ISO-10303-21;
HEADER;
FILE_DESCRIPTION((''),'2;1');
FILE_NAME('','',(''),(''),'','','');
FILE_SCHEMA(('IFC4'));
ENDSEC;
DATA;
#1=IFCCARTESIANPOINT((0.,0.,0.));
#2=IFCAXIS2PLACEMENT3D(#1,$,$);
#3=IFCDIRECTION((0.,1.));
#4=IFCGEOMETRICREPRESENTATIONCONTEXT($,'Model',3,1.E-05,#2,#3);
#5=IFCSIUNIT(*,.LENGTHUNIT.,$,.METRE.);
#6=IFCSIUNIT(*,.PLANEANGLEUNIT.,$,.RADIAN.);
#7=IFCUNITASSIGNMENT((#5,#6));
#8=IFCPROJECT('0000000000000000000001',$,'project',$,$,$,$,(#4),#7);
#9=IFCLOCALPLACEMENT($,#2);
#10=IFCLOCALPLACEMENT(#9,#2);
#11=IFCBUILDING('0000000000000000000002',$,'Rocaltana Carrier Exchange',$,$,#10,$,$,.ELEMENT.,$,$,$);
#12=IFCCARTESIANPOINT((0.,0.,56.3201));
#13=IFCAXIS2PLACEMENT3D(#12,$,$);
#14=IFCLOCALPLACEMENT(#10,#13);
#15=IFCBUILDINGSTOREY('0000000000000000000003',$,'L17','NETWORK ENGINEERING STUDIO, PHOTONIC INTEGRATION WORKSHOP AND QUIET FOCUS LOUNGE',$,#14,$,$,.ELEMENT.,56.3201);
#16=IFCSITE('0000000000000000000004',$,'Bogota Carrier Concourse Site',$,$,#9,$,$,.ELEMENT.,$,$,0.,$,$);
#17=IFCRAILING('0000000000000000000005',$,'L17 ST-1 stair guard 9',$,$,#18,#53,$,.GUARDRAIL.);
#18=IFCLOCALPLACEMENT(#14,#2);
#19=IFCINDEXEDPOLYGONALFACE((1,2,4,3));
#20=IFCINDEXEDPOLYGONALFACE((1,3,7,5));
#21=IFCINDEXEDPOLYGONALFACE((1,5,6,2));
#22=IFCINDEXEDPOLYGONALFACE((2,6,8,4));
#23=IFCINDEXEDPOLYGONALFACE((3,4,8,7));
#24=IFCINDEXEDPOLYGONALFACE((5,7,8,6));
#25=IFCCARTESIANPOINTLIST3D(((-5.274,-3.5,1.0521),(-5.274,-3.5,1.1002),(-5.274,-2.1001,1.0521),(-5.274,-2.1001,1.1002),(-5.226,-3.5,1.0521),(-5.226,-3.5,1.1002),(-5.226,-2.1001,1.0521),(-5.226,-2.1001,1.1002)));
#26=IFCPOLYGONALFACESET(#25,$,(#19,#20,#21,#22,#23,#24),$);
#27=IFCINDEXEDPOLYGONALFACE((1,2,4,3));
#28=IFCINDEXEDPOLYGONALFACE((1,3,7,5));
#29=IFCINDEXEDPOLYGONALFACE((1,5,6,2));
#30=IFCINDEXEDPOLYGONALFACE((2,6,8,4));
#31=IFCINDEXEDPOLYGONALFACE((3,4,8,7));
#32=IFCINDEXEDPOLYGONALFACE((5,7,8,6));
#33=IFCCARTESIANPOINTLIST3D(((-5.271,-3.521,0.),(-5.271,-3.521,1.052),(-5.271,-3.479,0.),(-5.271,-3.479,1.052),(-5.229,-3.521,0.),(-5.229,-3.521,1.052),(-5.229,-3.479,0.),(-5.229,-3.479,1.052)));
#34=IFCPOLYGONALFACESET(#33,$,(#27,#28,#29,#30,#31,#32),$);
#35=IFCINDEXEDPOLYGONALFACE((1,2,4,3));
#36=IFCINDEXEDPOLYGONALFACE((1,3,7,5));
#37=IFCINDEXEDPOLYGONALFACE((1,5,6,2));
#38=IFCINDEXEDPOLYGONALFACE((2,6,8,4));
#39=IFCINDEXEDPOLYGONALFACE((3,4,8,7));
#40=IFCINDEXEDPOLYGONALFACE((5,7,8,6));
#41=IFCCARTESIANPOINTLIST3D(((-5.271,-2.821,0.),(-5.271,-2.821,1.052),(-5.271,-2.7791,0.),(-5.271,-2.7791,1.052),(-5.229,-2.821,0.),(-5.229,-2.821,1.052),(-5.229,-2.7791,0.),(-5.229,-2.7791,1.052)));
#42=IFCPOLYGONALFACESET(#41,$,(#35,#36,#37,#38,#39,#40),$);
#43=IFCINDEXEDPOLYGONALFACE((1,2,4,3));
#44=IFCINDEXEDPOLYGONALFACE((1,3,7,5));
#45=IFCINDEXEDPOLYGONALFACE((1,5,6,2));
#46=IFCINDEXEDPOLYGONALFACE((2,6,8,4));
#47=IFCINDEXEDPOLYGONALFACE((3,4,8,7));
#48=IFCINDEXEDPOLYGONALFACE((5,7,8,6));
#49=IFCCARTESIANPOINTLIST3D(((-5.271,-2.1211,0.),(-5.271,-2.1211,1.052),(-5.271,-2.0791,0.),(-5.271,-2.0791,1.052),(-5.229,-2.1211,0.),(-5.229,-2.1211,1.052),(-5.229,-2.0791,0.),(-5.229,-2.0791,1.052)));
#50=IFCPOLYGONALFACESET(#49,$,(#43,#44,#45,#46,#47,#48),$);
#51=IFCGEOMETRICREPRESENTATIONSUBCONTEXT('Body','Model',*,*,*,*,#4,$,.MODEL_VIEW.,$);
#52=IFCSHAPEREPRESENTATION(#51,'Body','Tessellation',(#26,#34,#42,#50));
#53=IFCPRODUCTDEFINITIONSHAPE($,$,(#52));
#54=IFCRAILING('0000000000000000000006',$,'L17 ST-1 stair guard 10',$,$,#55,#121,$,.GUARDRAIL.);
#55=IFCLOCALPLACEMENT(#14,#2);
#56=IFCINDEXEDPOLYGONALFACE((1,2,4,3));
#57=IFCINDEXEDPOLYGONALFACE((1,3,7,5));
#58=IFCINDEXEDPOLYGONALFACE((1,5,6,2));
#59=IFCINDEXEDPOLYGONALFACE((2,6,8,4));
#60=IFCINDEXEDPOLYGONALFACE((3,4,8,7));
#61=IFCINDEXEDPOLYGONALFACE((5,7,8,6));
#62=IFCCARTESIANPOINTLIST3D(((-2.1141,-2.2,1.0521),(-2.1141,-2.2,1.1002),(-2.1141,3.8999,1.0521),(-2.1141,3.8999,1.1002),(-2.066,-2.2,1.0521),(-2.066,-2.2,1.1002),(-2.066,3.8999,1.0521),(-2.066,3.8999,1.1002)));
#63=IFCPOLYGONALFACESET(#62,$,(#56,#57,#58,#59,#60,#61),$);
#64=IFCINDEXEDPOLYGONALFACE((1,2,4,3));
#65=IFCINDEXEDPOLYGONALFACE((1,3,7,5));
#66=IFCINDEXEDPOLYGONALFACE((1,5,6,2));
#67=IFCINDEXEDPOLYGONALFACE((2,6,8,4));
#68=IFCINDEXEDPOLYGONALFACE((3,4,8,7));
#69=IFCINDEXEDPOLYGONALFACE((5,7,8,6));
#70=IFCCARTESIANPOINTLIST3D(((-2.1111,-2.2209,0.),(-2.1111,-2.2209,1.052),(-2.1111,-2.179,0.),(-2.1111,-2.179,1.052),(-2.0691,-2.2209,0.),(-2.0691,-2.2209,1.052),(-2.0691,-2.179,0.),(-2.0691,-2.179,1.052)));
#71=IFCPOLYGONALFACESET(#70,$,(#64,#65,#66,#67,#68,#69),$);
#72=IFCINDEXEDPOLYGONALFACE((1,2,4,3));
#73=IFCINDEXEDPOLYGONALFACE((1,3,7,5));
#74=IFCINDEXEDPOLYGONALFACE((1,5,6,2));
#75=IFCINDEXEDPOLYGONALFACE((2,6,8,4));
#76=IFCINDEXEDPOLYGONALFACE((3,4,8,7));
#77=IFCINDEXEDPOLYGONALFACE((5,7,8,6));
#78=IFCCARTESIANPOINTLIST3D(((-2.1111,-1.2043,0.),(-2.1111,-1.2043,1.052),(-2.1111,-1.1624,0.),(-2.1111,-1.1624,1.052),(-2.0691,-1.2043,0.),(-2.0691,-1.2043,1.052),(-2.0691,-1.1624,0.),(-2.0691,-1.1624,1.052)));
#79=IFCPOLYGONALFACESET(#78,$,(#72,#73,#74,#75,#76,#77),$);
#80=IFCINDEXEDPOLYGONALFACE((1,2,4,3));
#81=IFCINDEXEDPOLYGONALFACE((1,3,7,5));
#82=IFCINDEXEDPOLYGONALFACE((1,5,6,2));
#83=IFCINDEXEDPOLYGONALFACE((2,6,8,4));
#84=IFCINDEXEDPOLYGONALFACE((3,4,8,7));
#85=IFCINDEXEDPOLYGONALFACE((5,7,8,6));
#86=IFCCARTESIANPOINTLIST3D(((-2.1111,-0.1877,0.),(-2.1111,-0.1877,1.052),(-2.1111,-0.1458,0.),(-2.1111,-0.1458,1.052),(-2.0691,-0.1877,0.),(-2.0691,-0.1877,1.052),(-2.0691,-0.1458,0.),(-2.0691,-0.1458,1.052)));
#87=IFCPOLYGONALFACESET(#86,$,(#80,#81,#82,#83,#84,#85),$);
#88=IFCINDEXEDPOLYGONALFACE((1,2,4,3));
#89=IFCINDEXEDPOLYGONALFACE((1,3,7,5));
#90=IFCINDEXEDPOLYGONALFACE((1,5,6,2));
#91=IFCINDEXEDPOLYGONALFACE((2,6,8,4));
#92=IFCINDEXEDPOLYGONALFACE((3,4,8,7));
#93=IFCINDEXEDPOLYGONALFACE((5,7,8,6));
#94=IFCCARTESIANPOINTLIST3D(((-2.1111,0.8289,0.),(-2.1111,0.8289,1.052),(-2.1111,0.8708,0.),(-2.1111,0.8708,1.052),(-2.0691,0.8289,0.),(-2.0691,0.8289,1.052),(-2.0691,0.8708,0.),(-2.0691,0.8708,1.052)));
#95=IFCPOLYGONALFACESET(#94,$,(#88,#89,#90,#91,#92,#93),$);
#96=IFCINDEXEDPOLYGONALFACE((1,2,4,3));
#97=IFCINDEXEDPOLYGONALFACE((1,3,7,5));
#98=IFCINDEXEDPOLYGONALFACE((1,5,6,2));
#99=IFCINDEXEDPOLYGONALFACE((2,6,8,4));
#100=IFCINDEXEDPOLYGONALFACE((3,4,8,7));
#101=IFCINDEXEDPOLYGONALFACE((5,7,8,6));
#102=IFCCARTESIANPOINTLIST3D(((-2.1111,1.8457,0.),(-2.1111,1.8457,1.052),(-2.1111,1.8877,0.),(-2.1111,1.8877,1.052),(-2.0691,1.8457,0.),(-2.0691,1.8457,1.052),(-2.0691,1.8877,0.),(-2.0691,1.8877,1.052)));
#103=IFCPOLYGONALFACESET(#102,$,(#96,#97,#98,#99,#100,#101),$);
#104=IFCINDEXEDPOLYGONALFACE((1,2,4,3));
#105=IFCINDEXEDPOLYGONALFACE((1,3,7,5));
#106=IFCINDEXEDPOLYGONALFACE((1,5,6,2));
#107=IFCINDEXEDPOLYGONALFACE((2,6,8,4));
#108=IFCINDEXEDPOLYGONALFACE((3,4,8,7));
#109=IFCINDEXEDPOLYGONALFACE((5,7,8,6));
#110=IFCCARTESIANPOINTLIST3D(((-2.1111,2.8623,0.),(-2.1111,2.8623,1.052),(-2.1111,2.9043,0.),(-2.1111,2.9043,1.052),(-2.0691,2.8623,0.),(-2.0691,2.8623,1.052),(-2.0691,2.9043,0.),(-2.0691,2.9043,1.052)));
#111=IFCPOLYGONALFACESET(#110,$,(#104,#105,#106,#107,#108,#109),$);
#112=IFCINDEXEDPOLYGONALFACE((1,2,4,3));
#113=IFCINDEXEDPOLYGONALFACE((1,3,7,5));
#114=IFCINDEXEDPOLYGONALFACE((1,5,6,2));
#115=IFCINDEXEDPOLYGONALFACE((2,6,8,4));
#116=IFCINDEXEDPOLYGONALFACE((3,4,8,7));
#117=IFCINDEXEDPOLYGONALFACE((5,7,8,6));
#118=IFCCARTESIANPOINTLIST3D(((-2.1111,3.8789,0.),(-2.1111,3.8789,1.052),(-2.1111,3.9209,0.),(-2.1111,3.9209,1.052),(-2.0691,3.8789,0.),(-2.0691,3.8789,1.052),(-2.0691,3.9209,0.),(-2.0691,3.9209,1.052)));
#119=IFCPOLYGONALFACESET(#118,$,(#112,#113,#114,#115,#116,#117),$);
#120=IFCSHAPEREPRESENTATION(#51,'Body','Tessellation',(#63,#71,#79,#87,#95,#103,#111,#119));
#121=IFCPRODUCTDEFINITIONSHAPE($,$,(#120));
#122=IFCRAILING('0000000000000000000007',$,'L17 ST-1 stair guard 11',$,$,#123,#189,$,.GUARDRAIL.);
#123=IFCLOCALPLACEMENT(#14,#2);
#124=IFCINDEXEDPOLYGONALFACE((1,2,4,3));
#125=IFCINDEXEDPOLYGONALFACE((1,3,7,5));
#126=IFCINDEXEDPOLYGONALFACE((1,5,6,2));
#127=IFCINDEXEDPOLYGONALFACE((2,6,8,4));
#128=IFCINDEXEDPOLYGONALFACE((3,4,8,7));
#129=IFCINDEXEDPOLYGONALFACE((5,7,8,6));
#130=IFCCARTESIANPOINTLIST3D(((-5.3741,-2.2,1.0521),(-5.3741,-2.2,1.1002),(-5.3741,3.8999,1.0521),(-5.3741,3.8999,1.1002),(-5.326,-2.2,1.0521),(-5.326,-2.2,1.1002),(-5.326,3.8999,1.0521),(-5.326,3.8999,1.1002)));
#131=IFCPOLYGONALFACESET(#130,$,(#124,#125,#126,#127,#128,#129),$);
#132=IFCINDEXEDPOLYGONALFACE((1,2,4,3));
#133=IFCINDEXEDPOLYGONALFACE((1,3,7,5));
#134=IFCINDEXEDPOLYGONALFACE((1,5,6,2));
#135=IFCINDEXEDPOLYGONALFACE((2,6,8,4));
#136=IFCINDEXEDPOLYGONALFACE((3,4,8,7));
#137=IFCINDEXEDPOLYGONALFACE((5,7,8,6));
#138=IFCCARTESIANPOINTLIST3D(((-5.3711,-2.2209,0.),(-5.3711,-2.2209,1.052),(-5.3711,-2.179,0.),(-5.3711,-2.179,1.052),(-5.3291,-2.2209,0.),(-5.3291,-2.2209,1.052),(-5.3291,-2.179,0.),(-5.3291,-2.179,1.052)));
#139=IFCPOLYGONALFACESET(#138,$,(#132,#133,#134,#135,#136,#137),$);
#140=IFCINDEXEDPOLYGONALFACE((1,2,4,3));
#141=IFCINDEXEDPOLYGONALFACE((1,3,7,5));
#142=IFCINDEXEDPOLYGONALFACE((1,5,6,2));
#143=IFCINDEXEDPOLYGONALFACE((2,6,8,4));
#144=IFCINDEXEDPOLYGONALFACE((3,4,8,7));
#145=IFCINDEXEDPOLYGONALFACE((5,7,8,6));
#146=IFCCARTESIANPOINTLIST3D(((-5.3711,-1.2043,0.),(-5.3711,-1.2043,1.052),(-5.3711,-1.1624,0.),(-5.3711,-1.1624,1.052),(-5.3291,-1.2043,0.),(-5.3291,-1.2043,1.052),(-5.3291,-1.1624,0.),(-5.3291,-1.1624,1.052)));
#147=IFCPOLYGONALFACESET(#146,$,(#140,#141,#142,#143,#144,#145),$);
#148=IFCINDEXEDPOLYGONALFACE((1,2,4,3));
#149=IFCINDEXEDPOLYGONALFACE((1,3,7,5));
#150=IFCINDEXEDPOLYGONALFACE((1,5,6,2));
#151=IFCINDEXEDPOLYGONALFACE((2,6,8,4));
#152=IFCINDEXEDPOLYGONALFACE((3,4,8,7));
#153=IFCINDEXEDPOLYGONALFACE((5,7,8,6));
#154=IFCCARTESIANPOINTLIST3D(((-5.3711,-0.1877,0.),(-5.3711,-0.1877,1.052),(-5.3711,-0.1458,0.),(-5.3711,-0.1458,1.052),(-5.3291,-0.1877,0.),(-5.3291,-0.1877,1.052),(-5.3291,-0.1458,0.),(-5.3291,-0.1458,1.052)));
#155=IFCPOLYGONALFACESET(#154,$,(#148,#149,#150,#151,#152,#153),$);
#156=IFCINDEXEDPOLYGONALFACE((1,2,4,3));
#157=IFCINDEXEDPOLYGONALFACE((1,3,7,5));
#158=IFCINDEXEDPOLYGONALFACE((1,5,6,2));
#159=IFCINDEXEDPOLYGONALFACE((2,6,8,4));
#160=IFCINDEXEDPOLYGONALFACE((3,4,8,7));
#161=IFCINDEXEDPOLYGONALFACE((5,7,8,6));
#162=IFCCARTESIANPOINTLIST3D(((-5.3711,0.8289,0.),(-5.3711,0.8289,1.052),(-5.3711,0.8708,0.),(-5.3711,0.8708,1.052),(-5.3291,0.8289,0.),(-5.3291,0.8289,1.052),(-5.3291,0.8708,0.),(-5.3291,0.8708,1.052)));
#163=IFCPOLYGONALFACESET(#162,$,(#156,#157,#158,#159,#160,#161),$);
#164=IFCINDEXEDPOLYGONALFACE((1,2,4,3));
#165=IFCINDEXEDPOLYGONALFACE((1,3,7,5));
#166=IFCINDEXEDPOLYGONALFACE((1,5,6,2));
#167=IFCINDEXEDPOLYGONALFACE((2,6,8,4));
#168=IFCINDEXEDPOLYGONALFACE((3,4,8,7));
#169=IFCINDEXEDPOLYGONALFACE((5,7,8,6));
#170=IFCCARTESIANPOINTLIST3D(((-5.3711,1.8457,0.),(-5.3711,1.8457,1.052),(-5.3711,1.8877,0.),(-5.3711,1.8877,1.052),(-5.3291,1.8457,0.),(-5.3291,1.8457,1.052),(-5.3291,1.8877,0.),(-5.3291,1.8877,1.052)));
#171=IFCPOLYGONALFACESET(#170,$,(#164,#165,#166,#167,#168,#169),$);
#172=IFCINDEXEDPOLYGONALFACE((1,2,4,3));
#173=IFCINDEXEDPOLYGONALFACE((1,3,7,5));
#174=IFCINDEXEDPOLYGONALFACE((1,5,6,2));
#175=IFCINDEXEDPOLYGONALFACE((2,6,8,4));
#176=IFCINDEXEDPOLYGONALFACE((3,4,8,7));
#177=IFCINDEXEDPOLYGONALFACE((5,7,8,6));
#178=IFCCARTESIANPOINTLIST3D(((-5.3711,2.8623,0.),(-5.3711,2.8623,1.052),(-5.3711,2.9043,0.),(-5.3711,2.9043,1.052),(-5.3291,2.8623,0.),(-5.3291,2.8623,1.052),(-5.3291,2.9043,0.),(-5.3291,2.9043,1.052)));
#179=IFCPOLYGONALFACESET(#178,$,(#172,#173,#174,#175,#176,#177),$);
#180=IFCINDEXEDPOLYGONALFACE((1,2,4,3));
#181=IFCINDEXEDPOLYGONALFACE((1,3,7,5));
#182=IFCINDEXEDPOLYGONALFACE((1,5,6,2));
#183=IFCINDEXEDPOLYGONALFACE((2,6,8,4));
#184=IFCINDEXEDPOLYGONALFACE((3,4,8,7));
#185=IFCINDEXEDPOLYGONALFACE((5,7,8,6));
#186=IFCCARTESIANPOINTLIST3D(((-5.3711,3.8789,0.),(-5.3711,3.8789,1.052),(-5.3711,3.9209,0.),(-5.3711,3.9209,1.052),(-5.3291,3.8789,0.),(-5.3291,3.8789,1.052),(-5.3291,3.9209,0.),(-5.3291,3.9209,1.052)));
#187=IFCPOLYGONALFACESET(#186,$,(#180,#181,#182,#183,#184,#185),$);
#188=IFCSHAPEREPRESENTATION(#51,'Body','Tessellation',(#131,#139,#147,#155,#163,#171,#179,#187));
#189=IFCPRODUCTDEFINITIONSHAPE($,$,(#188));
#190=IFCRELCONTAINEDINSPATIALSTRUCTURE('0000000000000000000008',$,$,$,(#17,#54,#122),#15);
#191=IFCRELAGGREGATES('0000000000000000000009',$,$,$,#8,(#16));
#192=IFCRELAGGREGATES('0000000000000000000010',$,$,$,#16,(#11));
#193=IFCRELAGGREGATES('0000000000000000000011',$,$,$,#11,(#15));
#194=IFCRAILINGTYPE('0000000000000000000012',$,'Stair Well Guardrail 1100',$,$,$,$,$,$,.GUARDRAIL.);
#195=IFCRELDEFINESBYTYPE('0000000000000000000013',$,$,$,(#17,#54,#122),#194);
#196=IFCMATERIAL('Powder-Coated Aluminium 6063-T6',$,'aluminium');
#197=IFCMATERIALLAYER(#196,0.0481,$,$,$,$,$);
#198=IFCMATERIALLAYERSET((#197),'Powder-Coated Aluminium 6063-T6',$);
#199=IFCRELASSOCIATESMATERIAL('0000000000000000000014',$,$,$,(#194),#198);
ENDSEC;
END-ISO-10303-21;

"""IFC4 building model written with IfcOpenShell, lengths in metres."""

from ifc_helpers import new_model, si_unit, direction, frame, origin, origin_2d, place, context, subcontext, project, spatial, rectangle, extrude, material, layer, layer_set, type_object, element, save


model = new_model("IFC4")

# Units and contexts
model_context = context("Model", 3, precision=1e-05, world=origin(), true_north=direction((0.0, 1.0)))
body_context = subcontext(model_context, "Body", "Model", "MODEL_VIEW")
ifc_project = project(units=[si_unit("LENGTHUNIT", "METRE"), si_unit("PLANEANGLEUNIT", "RADIAN")], contexts=[model_context])

# Site, building, storey
site_placement = place(None, origin())
site = spatial("IfcSite", under=ifc_project, at=site_placement, Name="Bogota Carrier Concourse Site", CompositionType="ELEMENT", RefElevation=0.0)
building_placement = place(site_placement, origin())
building = spatial("IfcBuilding", under=site, at=building_placement, Name="Rocaltana Carrier Exchange", CompositionType="ELEMENT")
storey_placement = place(building_placement, frame((0.0, 0.0, 56.3201)))
storey = spatial("IfcBuildingStorey", under=building, at=storey_placement, Name="L17", Description="NETWORK ENGINEERING STUDIO, PHOTONIC INTEGRATION WORKSHOP AND QUIET FOCUS LOUNGE", CompositionType="ELEMENT", Elevation=56.3201)

# Railings
ifc_material_1 = material(Name="Powder-Coated Aluminium 6063-T6", Category="aluminium")
ifc_layer_1 = layer(ifc_material_1, 0.0481)
ifc_layer_set_1 = layer_set([ifc_layer_1], Name="Powder-Coated Aluminium 6063-T6")
railing_type_1 = type_object("IfcRailingType", Name="Stair Well Guardrail 1100", PredefinedType="GUARDRAIL", material=ifc_layer_set_1)
for number, where, name in (
    (1, (-5.25, -3.5, 0.0), "L17 ST-1 stair guard 9"),
):
    element("IfcRailing", number, at=place(storey_placement, frame(where)), inside=storey, type_object=railing_type_1, Name=name, PredefinedType="GUARDRAIL", context=body_context, shape_type="SweptSolid", body=[
        extrude(rectangle(XDim=0.0481, YDim=0.0481, at=origin_2d()), frame((0.0, 0.0, 1.0762), z_axis=(0.0, 1.0, 0.0), x_axis=(-1.0, 0.0, 0.0)), (0.0, 0.0, 1.0), 1.3999),
        extrude(rectangle(XDim=0.042, YDim=0.042, at=origin_2d()), origin(), (0.0, 0.0, 1.0), 1.052),
        extrude(rectangle(XDim=0.042, YDim=0.042, at=origin_2d()), frame((0.0, 0.7, 0.0)), (0.0, 0.0, 1.0), 1.052),
        extrude(rectangle(XDim=0.042, YDim=0.042, at=origin_2d()), frame((0.0, 1.3999, 0.0)), (0.0, 0.0, 1.0), 1.052),
    ])
for number, where, name in (
    (2, (-2.0901, -2.2, 0.0), "L17 ST-1 stair guard 10"),
    (3, (-5.3501, -2.2, 0.0), "L17 ST-1 stair guard 11"),
):
    element("IfcRailing", number, at=place(storey_placement, frame(where)), inside=storey, type_object=railing_type_1, Name=name, PredefinedType="GUARDRAIL", context=body_context, shape_type="SweptSolid", body=[
        extrude(rectangle(XDim=0.0481, YDim=0.0481, at=origin_2d()), frame((0.0, 0.0, 1.0762), z_axis=(0.0, 1.0, 0.0), x_axis=(-1.0, 0.0, 0.0)), (0.0, 0.0, 1.0), 6.0999),
        extrude(rectangle(XDim=0.042, YDim=0.042, at=origin_2d()), origin(), (0.0, 0.0, 1.0), 1.052),
        extrude(rectangle(XDim=0.042, YDim=0.042, at=origin_2d()), frame((0.0, 1.0166, 0.0)), (0.0, 0.0, 1.0), 1.052),
        extrude(rectangle(XDim=0.042, YDim=0.042, at=origin_2d()), frame((0.0, 2.0332, 0.0)), (0.0, 0.0, 1.0), 1.052),
        extrude(rectangle(XDim=0.042, YDim=0.042, at=origin_2d()), frame((0.0, 3.0498, 0.0)), (0.0, 0.0, 1.0), 1.052),
        extrude(rectangle(XDim=0.042, YDim=0.042, at=origin_2d()), frame((0.0, 4.0667, 0.0)), (0.0, 0.0, 1.0), 1.052),
        extrude(rectangle(XDim=0.042, YDim=0.042, at=origin_2d()), frame((0.0, 5.0833, 0.0)), (0.0, 0.0, 1.0), 1.052),
        extrude(rectangle(XDim=0.042, YDim=0.042, at=origin_2d()), frame((0.0, 6.0999, 0.0)), (0.0, 0.0, 1.0), 1.052),
    ])

save(model, "model.ifc")
